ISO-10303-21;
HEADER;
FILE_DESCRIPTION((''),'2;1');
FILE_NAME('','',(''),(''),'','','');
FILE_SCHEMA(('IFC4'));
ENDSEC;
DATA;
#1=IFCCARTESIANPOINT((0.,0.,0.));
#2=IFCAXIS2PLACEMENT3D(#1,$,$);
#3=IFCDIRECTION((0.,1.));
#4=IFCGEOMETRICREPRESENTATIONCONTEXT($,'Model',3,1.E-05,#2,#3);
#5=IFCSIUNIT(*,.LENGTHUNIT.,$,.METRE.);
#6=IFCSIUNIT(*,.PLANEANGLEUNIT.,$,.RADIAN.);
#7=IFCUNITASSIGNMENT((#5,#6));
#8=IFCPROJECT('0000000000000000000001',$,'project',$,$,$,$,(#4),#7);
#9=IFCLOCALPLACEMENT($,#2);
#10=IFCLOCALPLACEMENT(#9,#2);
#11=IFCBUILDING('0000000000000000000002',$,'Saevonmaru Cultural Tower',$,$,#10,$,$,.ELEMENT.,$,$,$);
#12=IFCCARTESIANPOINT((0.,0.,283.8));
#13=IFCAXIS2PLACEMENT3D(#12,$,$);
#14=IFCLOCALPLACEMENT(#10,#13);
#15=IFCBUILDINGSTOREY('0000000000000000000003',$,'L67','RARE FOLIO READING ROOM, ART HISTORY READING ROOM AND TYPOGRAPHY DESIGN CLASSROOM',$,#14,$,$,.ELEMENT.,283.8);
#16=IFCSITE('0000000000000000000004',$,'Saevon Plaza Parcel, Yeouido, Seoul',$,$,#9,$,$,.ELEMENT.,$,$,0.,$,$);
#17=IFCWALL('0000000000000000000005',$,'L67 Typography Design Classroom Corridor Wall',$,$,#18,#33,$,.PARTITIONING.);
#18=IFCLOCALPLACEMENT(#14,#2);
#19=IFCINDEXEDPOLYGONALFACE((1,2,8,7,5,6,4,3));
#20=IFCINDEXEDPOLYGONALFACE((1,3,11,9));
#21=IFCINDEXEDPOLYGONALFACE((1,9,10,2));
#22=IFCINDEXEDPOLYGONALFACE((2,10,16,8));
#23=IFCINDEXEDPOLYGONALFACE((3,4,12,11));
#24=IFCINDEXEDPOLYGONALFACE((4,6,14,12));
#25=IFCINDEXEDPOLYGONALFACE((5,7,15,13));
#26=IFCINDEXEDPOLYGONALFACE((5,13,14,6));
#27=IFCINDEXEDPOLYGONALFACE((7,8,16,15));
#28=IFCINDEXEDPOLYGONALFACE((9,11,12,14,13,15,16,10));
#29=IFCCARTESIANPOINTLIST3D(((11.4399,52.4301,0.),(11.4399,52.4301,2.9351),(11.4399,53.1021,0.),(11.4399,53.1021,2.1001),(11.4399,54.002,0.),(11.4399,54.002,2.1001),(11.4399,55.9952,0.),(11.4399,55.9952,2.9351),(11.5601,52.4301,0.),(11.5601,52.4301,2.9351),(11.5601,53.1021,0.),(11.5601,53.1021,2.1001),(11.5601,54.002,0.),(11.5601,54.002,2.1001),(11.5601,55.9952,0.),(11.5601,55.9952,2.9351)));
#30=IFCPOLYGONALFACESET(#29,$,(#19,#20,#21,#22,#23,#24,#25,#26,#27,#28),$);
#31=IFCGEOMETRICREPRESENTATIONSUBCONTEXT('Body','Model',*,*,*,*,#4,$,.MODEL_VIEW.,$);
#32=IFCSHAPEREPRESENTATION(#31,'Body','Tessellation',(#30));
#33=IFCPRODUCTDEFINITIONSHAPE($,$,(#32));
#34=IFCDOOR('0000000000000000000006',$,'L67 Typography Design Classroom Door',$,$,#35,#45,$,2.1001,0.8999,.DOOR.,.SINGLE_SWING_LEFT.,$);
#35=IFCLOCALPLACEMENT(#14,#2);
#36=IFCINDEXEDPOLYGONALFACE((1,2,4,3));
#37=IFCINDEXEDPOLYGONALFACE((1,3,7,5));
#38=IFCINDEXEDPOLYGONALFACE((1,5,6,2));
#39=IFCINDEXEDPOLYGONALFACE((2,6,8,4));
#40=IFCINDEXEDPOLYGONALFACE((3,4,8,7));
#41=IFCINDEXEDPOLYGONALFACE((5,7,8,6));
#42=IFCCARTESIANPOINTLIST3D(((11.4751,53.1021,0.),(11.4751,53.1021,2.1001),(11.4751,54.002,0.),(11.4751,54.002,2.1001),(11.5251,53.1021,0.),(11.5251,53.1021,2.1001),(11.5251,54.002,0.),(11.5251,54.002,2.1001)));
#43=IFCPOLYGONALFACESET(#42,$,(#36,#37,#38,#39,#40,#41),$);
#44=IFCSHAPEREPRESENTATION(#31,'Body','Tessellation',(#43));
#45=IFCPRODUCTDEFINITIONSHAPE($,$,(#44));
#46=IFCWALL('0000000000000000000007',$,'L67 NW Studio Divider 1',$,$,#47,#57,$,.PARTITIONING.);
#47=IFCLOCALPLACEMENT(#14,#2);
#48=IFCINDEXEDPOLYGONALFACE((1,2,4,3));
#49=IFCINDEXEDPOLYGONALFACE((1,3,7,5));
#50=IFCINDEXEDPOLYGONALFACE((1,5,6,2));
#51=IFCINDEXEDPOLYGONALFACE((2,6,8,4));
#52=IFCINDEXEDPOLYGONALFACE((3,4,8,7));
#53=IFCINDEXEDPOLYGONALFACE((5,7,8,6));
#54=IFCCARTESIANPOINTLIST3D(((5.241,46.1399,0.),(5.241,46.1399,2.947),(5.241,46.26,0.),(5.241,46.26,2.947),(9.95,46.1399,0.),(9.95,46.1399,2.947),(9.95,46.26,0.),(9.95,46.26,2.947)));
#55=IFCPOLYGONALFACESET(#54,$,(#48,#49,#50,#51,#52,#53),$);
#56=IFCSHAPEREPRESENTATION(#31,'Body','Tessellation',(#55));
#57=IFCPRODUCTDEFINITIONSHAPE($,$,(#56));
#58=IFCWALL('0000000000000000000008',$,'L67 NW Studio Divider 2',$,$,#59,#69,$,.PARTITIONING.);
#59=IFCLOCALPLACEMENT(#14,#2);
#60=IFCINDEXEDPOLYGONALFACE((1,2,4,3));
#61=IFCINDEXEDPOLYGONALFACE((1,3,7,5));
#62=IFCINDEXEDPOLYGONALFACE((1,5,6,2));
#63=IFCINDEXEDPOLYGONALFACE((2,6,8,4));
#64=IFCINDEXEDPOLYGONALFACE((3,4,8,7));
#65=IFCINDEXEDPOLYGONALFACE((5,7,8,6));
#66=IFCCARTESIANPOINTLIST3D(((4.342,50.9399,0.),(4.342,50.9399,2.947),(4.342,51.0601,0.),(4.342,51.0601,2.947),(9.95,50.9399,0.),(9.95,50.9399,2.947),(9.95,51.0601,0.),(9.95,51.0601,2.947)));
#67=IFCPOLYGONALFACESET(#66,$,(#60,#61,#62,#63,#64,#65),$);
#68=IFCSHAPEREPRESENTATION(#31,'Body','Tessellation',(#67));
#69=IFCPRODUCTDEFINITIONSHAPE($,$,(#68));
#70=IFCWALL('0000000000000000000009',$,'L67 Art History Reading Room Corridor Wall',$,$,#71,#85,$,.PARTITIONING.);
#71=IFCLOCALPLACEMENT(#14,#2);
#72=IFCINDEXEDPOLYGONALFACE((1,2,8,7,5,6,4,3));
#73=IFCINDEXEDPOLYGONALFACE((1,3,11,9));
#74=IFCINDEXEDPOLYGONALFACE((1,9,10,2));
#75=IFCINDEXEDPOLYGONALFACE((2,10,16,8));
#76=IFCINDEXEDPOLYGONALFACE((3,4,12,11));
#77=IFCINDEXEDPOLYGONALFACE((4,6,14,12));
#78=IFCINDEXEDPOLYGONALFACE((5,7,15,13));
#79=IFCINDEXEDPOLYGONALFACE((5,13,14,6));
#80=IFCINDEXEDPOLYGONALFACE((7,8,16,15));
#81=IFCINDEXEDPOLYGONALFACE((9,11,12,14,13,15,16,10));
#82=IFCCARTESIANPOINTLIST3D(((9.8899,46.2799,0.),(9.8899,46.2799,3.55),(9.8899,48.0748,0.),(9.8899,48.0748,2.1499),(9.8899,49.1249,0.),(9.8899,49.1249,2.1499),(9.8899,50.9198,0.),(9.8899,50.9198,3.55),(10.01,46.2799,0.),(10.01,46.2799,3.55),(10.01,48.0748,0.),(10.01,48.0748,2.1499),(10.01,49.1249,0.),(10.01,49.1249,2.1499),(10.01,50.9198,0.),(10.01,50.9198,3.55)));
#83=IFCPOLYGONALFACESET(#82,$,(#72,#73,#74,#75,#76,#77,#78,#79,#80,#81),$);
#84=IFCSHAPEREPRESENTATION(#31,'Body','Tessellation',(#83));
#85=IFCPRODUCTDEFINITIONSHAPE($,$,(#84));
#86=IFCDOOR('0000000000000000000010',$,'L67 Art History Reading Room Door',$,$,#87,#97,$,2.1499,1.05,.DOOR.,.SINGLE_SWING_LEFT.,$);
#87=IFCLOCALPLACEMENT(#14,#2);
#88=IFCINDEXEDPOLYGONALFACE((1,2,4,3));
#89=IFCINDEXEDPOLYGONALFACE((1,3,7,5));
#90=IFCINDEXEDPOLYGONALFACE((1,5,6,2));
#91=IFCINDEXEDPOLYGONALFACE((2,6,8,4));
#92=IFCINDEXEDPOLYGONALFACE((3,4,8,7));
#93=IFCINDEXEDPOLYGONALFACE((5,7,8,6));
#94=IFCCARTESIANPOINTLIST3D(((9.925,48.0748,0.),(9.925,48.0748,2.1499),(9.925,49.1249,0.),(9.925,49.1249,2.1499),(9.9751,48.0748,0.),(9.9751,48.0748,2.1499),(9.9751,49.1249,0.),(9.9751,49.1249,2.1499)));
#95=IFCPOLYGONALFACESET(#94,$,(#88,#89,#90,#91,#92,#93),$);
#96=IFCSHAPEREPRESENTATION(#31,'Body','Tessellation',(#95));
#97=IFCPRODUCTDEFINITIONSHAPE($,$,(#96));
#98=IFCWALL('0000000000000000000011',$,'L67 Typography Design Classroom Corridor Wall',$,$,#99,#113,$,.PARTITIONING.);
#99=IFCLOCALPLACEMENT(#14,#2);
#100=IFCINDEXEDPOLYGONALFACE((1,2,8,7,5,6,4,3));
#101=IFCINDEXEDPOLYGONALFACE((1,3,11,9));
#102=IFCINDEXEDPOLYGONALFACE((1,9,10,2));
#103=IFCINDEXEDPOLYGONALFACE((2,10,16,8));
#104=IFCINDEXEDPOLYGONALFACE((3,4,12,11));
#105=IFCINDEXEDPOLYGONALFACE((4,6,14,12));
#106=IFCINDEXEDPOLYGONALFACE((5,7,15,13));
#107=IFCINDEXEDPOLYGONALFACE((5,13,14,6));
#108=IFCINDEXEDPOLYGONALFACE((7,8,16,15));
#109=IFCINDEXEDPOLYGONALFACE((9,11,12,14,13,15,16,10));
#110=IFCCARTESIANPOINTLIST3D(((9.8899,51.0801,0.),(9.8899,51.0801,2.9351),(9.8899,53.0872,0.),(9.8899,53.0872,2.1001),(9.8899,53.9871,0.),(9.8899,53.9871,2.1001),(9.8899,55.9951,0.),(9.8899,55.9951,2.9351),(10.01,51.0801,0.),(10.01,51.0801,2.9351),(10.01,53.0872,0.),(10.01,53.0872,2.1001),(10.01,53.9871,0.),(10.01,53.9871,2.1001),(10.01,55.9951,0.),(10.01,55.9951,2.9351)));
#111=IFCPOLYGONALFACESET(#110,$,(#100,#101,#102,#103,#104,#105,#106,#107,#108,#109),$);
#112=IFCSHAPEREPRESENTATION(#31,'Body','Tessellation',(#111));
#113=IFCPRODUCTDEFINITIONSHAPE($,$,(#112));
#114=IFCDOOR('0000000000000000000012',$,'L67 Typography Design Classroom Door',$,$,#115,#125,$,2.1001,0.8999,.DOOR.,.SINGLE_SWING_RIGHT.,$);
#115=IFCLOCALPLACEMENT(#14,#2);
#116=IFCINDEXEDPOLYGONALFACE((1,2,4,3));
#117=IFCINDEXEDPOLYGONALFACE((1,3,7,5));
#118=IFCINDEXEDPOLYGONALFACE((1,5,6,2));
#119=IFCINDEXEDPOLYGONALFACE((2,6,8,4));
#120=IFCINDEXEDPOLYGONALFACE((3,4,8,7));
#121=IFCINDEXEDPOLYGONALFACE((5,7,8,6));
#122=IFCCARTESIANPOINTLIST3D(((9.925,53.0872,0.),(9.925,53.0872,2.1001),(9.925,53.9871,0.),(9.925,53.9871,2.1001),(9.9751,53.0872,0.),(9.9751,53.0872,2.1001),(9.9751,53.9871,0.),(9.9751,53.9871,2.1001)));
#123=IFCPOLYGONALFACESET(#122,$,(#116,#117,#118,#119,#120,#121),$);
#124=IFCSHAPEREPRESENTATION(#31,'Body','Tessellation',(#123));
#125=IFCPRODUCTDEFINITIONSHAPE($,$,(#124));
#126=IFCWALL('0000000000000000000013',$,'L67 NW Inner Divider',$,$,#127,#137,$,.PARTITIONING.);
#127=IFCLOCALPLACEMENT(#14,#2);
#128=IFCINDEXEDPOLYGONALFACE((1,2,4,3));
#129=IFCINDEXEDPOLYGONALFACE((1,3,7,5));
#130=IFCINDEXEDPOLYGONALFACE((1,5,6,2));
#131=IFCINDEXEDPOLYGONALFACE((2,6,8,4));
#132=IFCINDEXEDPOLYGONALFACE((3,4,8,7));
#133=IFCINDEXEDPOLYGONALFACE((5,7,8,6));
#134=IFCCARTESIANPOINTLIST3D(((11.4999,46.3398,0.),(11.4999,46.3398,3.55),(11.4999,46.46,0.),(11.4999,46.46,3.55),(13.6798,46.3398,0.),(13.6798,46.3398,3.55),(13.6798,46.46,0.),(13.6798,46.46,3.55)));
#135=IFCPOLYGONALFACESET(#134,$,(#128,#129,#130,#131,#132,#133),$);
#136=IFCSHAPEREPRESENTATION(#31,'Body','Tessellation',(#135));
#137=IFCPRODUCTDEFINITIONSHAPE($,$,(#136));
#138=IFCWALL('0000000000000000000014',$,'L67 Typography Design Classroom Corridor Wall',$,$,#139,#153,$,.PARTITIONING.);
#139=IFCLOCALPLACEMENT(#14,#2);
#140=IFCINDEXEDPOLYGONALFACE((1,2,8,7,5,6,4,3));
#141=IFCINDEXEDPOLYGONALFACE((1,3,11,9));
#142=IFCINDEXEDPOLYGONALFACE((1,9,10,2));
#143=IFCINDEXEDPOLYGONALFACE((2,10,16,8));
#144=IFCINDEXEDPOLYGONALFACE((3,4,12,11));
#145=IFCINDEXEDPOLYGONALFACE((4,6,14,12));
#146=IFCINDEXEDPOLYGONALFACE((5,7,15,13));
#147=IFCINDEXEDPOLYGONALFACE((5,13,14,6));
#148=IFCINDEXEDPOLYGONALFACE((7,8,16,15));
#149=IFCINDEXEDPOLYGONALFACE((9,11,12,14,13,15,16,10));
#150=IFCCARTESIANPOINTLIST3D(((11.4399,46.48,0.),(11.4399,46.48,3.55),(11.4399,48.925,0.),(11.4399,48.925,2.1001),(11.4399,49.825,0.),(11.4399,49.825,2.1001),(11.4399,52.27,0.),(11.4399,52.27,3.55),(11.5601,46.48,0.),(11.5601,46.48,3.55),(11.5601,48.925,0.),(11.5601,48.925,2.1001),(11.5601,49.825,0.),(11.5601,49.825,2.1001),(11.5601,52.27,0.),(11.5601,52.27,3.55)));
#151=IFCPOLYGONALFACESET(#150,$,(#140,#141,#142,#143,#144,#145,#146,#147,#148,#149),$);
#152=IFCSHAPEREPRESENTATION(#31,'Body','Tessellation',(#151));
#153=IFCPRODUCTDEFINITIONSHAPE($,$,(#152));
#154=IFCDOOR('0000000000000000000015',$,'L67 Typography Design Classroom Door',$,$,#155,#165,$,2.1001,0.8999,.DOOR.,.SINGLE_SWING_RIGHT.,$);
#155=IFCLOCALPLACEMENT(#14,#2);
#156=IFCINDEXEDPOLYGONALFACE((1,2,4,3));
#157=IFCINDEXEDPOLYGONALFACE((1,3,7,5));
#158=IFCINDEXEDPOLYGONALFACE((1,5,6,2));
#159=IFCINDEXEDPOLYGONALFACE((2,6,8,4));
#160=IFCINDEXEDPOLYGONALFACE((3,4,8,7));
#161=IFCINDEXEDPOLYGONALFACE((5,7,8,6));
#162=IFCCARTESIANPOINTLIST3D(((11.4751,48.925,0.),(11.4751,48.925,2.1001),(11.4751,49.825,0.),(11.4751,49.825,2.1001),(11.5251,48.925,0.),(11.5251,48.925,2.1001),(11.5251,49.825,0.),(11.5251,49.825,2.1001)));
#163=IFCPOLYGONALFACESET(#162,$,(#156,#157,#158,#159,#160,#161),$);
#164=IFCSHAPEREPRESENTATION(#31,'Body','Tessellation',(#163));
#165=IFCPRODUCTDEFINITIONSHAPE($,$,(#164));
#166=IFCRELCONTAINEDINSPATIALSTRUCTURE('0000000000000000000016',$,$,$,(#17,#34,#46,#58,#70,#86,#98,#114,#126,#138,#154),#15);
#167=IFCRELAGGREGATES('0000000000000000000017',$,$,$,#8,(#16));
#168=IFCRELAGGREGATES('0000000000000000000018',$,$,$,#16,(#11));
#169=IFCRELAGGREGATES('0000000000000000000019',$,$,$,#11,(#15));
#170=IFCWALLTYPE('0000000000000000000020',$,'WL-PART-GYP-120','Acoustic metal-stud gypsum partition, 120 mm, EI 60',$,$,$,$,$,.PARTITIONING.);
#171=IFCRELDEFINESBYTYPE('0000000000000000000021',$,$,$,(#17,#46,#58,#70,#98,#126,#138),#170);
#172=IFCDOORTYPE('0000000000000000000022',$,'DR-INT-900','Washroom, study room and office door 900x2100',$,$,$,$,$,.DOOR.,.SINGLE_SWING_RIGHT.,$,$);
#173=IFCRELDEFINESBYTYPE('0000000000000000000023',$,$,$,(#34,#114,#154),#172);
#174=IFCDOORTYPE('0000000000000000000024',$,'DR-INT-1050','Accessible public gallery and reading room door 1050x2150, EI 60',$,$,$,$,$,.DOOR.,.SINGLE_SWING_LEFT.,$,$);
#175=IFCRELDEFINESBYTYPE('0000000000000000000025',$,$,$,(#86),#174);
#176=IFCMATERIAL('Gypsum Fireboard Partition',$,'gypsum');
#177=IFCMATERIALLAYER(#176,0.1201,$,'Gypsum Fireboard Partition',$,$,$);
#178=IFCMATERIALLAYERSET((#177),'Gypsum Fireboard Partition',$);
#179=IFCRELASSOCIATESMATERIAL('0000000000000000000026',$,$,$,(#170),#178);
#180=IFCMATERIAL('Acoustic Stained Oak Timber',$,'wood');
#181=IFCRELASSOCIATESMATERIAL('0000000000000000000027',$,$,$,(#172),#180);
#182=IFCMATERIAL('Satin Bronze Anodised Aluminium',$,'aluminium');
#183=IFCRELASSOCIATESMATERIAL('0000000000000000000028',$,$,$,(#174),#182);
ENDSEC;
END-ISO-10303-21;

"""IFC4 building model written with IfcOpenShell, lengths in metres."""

from ifc_helpers import new_model, si_unit, direction, frame, frame_2d, origin, place, context, subcontext, project, spatial, rectangle, extrude, material, layer, layer_set, type_object, element, fill, save


model = new_model("IFC4")

# Units and contexts
model_context = context("Model", 3, precision=1e-05, world=origin(), true_north=direction((0.0, 1.0)))
body_context = subcontext(model_context, "Body", "Model", "MODEL_VIEW")
ifc_project = project(units=[si_unit("LENGTHUNIT", "METRE"), si_unit("PLANEANGLEUNIT", "RADIAN")], contexts=[model_context])

# Site, building, storey
site_placement = place(None, origin())
site = spatial("IfcSite", under=ifc_project, at=site_placement, Name="Saevon Plaza Parcel, Yeouido, Seoul", CompositionType="ELEMENT", RefElevation=0.0)
building_placement = place(site_placement, origin())
building = spatial("IfcBuilding", under=site, at=building_placement, Name="Saevonmaru Cultural Tower", CompositionType="ELEMENT")
storey_placement = place(building_placement, frame((0.0, 0.0, 283.8)))
storey = spatial("IfcBuildingStorey", under=building, at=storey_placement, Name="L67", Description="RARE FOLIO READING ROOM, ART HISTORY READING ROOM AND TYPOGRAPHY DESIGN CLASSROOM", CompositionType="ELEMENT", Elevation=283.8)

# Shared definitions
ifc_material_1 = material(Name="Satin Bronze Anodised Aluminium", Category="aluminium")

# Shared definitions
ifc_material_2 = material(Name="Gypsum Fireboard Partition", Category="gypsum")
ifc_layer_1 = layer(ifc_material_2, 0.1201, Name="Gypsum Fireboard Partition")
ifc_layer_set_1 = layer_set([ifc_layer_1], Name="Gypsum Fireboard Partition")
wall_type_1 = type_object("IfcWallType", Name="WL-PART-GYP-120", Description="Acoustic metal-stud gypsum partition, 120 mm, EI 60", PredefinedType="PARTITIONING", material=ifc_layer_set_1)

# Wall, opening, door
wall_1_placement = place(storey_placement, frame((11.5, 52.4299, 0.0), z_axis=(0.0, 0.0, 1.0), x_axis=(0.0, 1.0, 0.0)))
wall_1 = element("IfcWall", 1, at=wall_1_placement, inside=storey, type_object=wall_type_1, Name="L67 Typography Design Classroom Corridor Wall", PredefinedType="PARTITIONING", context=body_context, shape_type="SweptSolid", body=[
    extrude(rectangle(XDim=3.5652, YDim=0.1201, at=frame_2d((1.7827, 0.0))), origin(), (0.0, 0.0, 1.0), 2.9351),
])
opening_1_placement = place(wall_1_placement, frame((0.6721, 0.0, 0.0)))
opening_1 = element("IfcOpeningElement", 2, at=opening_1_placement, cuts=wall_1, PredefinedType="OPENING", context=body_context, shape_type="SweptSolid", body=[
    extrude(rectangle(XDim=0.8999, YDim=2.1001, at=frame_2d((0.45, 1.05))), frame((0.0, 0.0701, 0.0), z_axis=(0.0, -1.0, 0.0), x_axis=(1.0, 0.0, 0.0)), (0.0, 0.0, 1.0), 0.1401),
])
ifc_material_3 = material(Name="Acoustic Stained Oak Timber", Category="wood")
door_type_1 = type_object("IfcDoorType", Name="DR-INT-900", Description="Washroom, study room and office door 900x2100", OperationType="SINGLE_SWING_RIGHT", PredefinedType="DOOR", material=ifc_material_3)
door_1_placement = place(opening_1_placement, origin())
door_1 = element("IfcDoor", 3, at=door_1_placement, inside=storey, type_object=door_type_1, Name="L67 Typography Design Classroom Door", OperationType="SINGLE_SWING_LEFT", OverallHeight=2.1001, OverallWidth=0.8999, PredefinedType="DOOR", context=body_context, shape_type="SweptSolid", body=[
    extrude(rectangle(XDim=0.8999, YDim=2.1001, at=frame_2d((0.45, 1.05))), frame((0.0, 0.0249, 0.0), z_axis=(0.0, -1.0, 0.0), x_axis=(1.0, 0.0, 0.0)), (0.0, 0.0, 1.0), 0.05),
])
fill(opening_1, door_1)

# Walls
wall_2_placement = place(storey_placement, frame((5.241, 46.2, 0.0), z_axis=(0.0, 0.0, 1.0), x_axis=(1.0, 0.0, 0.0)))
element("IfcWall", 4, at=wall_2_placement, inside=storey, type_object=wall_type_1, Name="L67 NW Studio Divider 1", PredefinedType="PARTITIONING", context=body_context, shape_type="SweptSolid", body=[
    extrude(rectangle(XDim=4.709, YDim=0.1201, at=frame_2d((2.3545, 0.0))), origin(), (0.0, 0.0, 1.0), 2.947),
])
wall_3_placement = place(storey_placement, frame((4.342, 51.0, 0.0), z_axis=(0.0, 0.0, 1.0), x_axis=(1.0, 0.0, 0.0)))
element("IfcWall", 5, at=wall_3_placement, inside=storey, type_object=wall_type_1, Name="L67 NW Studio Divider 2", PredefinedType="PARTITIONING", context=body_context, shape_type="SweptSolid", body=[
    extrude(rectangle(XDim=5.6079, YDim=0.1201, at=frame_2d((2.804, 0.0))), origin(), (0.0, 0.0, 1.0), 2.947),
])

# Walls, openings, doors
wall_4_placement = place(storey_placement, frame((9.95, 46.28, 0.0), z_axis=(0.0, 0.0, 1.0), x_axis=(0.0, 1.0, 0.0)))
wall_4 = element("IfcWall", 6, at=wall_4_placement, inside=storey, type_object=wall_type_1, Name="L67 Art History Reading Room Corridor Wall", PredefinedType="PARTITIONING", context=body_context, shape_type="SweptSolid", body=[
    extrude(rectangle(XDim=4.6399, YDim=0.1201, at=frame_2d((2.3198, 0.0))), origin(), (0.0, 0.0, 1.0), 3.55),
])
opening_2_placement = place(wall_4_placement, frame((1.7949, 0.0, 0.0)))
opening_2 = element("IfcOpeningElement", 7, at=opening_2_placement, cuts=wall_4, PredefinedType="OPENING", context=body_context, shape_type="SweptSolid", body=[
    extrude(rectangle(XDim=1.05, YDim=2.1499, at=frame_2d((0.5249, 1.075))), frame((0.0, 0.0701, 0.0), z_axis=(0.0, -1.0, 0.0), x_axis=(1.0, 0.0, 0.0)), (0.0, 0.0, 1.0), 0.1401),
])
door_type_2 = type_object("IfcDoorType", Name="DR-INT-1050", Description="Accessible public gallery and reading room door 1050x2150, EI 60", OperationType="SINGLE_SWING_LEFT", PredefinedType="DOOR", material=ifc_material_1)
door_2_placement = place(opening_2_placement, origin())
door_2 = element("IfcDoor", 8, at=door_2_placement, inside=storey, type_object=door_type_2, Name="L67 Art History Reading Room Door", OperationType="SINGLE_SWING_LEFT", OverallHeight=2.1499, OverallWidth=1.05, PredefinedType="DOOR", context=body_context, shape_type="SweptSolid", body=[
    extrude(rectangle(XDim=1.05, YDim=2.1499, at=frame_2d((0.5249, 1.075))), frame((0.0, 0.0249, 0.0), z_axis=(0.0, -1.0, 0.0), x_axis=(1.0, 0.0, 0.0)), (0.0, 0.0, 1.0), 0.05),
])
fill(opening_2, door_2)
wall_5_placement = place(storey_placement, frame((9.95, 51.0801, 0.0), z_axis=(0.0, 0.0, 1.0), x_axis=(0.0, 1.0, 0.0)))
wall_5 = element("IfcWall", 9, at=wall_5_placement, inside=storey, type_object=wall_type_1, Name="L67 Typography Design Classroom Corridor Wall", PredefinedType="PARTITIONING", context=body_context, shape_type="SweptSolid", body=[
    extrude(rectangle(XDim=4.915, YDim=0.1201, at=frame_2d((2.4575, 0.0))), origin(), (0.0, 0.0, 1.0), 2.9351),
])
opening_3_placement = place(wall_5_placement, frame((2.0071, 0.0, 0.0)))
opening_3 = element("IfcOpeningElement", 10, at=opening_3_placement, cuts=wall_5, PredefinedType="OPENING", context=body_context, shape_type="SweptSolid", body=[
    extrude(rectangle(XDim=0.8999, YDim=2.1001, at=frame_2d((0.45, 1.05))), frame((0.0, 0.0701, 0.0), z_axis=(0.0, -1.0, 0.0), x_axis=(1.0, 0.0, 0.0)), (0.0, 0.0, 1.0), 0.1401),
])
door_3_placement = place(opening_3_placement, origin())
door_3 = element("IfcDoor", 11, at=door_3_placement, inside=storey, type_object=door_type_1, Name="L67 Typography Design Classroom Door", OperationType="SINGLE_SWING_RIGHT", OverallHeight=2.1001, OverallWidth=0.8999, PredefinedType="DOOR", context=body_context, shape_type="SweptSolid", body=[
    extrude(rectangle(XDim=0.8999, YDim=2.1001, at=frame_2d((0.45, 1.05))), frame((0.0, 0.0249, 0.0), z_axis=(0.0, -1.0, 0.0), x_axis=(1.0, 0.0, 0.0)), (0.0, 0.0, 1.0), 0.05),
])
fill(opening_3, door_3)

# Wall
wall_6_placement = place(storey_placement, frame((11.5, 46.3999, 0.0), z_axis=(0.0, 0.0, 1.0), x_axis=(1.0, 0.0, 0.0)))
element("IfcWall", 12, at=wall_6_placement, inside=storey, type_object=wall_type_1, Name="L67 NW Inner Divider", PredefinedType="PARTITIONING", context=body_context, shape_type="SweptSolid", body=[
    extrude(rectangle(XDim=2.1799, YDim=0.1201, at=frame_2d((1.0898, 0.0))), origin(), (0.0, 0.0, 1.0), 3.55),
])

# Wall, opening, door
wall_7_placement = place(storey_placement, frame((11.5, 46.48, 0.0), z_axis=(0.0, 0.0, 1.0), x_axis=(0.0, 1.0, 0.0)))
wall_7 = element("IfcWall", 13, at=wall_7_placement, inside=storey, type_object=wall_type_1, Name="L67 Typography Design Classroom Corridor Wall", PredefinedType="PARTITIONING", context=body_context, shape_type="SweptSolid", body=[
    extrude(rectangle(XDim=5.79, YDim=0.1201, at=frame_2d((2.895, 0.0))), origin(), (0.0, 0.0, 1.0), 3.55),
])
opening_4_placement = place(wall_7_placement, frame((2.4451, 0.0, 0.0)))
opening_4 = element("IfcOpeningElement", 14, at=opening_4_placement, cuts=wall_7, PredefinedType="OPENING", context=body_context, shape_type="SweptSolid", body=[
    extrude(rectangle(XDim=0.8999, YDim=2.1001, at=frame_2d((0.45, 1.05))), frame((0.0, 0.0701, 0.0), z_axis=(0.0, -1.0, 0.0), x_axis=(1.0, 0.0, 0.0)), (0.0, 0.0, 1.0), 0.1401),
])
door_4_placement = place(opening_4_placement, origin())
door_4 = element("IfcDoor", 15, at=door_4_placement, inside=storey, type_object=door_type_1, Name="L67 Typography Design Classroom Door", OperationType="SINGLE_SWING_RIGHT", OverallHeight=2.1001, OverallWidth=0.8999, PredefinedType="DOOR", context=body_context, shape_type="SweptSolid", body=[
    extrude(rectangle(XDim=0.8999, YDim=2.1001, at=frame_2d((0.45, 1.05))), frame((0.0, 0.0249, 0.0), z_axis=(0.0, -1.0, 0.0), x_axis=(1.0, 0.0, 0.0)), (0.0, 0.0, 1.0), 0.05),
])
fill(opening_4, door_4)

save(model, "model.ifc")
